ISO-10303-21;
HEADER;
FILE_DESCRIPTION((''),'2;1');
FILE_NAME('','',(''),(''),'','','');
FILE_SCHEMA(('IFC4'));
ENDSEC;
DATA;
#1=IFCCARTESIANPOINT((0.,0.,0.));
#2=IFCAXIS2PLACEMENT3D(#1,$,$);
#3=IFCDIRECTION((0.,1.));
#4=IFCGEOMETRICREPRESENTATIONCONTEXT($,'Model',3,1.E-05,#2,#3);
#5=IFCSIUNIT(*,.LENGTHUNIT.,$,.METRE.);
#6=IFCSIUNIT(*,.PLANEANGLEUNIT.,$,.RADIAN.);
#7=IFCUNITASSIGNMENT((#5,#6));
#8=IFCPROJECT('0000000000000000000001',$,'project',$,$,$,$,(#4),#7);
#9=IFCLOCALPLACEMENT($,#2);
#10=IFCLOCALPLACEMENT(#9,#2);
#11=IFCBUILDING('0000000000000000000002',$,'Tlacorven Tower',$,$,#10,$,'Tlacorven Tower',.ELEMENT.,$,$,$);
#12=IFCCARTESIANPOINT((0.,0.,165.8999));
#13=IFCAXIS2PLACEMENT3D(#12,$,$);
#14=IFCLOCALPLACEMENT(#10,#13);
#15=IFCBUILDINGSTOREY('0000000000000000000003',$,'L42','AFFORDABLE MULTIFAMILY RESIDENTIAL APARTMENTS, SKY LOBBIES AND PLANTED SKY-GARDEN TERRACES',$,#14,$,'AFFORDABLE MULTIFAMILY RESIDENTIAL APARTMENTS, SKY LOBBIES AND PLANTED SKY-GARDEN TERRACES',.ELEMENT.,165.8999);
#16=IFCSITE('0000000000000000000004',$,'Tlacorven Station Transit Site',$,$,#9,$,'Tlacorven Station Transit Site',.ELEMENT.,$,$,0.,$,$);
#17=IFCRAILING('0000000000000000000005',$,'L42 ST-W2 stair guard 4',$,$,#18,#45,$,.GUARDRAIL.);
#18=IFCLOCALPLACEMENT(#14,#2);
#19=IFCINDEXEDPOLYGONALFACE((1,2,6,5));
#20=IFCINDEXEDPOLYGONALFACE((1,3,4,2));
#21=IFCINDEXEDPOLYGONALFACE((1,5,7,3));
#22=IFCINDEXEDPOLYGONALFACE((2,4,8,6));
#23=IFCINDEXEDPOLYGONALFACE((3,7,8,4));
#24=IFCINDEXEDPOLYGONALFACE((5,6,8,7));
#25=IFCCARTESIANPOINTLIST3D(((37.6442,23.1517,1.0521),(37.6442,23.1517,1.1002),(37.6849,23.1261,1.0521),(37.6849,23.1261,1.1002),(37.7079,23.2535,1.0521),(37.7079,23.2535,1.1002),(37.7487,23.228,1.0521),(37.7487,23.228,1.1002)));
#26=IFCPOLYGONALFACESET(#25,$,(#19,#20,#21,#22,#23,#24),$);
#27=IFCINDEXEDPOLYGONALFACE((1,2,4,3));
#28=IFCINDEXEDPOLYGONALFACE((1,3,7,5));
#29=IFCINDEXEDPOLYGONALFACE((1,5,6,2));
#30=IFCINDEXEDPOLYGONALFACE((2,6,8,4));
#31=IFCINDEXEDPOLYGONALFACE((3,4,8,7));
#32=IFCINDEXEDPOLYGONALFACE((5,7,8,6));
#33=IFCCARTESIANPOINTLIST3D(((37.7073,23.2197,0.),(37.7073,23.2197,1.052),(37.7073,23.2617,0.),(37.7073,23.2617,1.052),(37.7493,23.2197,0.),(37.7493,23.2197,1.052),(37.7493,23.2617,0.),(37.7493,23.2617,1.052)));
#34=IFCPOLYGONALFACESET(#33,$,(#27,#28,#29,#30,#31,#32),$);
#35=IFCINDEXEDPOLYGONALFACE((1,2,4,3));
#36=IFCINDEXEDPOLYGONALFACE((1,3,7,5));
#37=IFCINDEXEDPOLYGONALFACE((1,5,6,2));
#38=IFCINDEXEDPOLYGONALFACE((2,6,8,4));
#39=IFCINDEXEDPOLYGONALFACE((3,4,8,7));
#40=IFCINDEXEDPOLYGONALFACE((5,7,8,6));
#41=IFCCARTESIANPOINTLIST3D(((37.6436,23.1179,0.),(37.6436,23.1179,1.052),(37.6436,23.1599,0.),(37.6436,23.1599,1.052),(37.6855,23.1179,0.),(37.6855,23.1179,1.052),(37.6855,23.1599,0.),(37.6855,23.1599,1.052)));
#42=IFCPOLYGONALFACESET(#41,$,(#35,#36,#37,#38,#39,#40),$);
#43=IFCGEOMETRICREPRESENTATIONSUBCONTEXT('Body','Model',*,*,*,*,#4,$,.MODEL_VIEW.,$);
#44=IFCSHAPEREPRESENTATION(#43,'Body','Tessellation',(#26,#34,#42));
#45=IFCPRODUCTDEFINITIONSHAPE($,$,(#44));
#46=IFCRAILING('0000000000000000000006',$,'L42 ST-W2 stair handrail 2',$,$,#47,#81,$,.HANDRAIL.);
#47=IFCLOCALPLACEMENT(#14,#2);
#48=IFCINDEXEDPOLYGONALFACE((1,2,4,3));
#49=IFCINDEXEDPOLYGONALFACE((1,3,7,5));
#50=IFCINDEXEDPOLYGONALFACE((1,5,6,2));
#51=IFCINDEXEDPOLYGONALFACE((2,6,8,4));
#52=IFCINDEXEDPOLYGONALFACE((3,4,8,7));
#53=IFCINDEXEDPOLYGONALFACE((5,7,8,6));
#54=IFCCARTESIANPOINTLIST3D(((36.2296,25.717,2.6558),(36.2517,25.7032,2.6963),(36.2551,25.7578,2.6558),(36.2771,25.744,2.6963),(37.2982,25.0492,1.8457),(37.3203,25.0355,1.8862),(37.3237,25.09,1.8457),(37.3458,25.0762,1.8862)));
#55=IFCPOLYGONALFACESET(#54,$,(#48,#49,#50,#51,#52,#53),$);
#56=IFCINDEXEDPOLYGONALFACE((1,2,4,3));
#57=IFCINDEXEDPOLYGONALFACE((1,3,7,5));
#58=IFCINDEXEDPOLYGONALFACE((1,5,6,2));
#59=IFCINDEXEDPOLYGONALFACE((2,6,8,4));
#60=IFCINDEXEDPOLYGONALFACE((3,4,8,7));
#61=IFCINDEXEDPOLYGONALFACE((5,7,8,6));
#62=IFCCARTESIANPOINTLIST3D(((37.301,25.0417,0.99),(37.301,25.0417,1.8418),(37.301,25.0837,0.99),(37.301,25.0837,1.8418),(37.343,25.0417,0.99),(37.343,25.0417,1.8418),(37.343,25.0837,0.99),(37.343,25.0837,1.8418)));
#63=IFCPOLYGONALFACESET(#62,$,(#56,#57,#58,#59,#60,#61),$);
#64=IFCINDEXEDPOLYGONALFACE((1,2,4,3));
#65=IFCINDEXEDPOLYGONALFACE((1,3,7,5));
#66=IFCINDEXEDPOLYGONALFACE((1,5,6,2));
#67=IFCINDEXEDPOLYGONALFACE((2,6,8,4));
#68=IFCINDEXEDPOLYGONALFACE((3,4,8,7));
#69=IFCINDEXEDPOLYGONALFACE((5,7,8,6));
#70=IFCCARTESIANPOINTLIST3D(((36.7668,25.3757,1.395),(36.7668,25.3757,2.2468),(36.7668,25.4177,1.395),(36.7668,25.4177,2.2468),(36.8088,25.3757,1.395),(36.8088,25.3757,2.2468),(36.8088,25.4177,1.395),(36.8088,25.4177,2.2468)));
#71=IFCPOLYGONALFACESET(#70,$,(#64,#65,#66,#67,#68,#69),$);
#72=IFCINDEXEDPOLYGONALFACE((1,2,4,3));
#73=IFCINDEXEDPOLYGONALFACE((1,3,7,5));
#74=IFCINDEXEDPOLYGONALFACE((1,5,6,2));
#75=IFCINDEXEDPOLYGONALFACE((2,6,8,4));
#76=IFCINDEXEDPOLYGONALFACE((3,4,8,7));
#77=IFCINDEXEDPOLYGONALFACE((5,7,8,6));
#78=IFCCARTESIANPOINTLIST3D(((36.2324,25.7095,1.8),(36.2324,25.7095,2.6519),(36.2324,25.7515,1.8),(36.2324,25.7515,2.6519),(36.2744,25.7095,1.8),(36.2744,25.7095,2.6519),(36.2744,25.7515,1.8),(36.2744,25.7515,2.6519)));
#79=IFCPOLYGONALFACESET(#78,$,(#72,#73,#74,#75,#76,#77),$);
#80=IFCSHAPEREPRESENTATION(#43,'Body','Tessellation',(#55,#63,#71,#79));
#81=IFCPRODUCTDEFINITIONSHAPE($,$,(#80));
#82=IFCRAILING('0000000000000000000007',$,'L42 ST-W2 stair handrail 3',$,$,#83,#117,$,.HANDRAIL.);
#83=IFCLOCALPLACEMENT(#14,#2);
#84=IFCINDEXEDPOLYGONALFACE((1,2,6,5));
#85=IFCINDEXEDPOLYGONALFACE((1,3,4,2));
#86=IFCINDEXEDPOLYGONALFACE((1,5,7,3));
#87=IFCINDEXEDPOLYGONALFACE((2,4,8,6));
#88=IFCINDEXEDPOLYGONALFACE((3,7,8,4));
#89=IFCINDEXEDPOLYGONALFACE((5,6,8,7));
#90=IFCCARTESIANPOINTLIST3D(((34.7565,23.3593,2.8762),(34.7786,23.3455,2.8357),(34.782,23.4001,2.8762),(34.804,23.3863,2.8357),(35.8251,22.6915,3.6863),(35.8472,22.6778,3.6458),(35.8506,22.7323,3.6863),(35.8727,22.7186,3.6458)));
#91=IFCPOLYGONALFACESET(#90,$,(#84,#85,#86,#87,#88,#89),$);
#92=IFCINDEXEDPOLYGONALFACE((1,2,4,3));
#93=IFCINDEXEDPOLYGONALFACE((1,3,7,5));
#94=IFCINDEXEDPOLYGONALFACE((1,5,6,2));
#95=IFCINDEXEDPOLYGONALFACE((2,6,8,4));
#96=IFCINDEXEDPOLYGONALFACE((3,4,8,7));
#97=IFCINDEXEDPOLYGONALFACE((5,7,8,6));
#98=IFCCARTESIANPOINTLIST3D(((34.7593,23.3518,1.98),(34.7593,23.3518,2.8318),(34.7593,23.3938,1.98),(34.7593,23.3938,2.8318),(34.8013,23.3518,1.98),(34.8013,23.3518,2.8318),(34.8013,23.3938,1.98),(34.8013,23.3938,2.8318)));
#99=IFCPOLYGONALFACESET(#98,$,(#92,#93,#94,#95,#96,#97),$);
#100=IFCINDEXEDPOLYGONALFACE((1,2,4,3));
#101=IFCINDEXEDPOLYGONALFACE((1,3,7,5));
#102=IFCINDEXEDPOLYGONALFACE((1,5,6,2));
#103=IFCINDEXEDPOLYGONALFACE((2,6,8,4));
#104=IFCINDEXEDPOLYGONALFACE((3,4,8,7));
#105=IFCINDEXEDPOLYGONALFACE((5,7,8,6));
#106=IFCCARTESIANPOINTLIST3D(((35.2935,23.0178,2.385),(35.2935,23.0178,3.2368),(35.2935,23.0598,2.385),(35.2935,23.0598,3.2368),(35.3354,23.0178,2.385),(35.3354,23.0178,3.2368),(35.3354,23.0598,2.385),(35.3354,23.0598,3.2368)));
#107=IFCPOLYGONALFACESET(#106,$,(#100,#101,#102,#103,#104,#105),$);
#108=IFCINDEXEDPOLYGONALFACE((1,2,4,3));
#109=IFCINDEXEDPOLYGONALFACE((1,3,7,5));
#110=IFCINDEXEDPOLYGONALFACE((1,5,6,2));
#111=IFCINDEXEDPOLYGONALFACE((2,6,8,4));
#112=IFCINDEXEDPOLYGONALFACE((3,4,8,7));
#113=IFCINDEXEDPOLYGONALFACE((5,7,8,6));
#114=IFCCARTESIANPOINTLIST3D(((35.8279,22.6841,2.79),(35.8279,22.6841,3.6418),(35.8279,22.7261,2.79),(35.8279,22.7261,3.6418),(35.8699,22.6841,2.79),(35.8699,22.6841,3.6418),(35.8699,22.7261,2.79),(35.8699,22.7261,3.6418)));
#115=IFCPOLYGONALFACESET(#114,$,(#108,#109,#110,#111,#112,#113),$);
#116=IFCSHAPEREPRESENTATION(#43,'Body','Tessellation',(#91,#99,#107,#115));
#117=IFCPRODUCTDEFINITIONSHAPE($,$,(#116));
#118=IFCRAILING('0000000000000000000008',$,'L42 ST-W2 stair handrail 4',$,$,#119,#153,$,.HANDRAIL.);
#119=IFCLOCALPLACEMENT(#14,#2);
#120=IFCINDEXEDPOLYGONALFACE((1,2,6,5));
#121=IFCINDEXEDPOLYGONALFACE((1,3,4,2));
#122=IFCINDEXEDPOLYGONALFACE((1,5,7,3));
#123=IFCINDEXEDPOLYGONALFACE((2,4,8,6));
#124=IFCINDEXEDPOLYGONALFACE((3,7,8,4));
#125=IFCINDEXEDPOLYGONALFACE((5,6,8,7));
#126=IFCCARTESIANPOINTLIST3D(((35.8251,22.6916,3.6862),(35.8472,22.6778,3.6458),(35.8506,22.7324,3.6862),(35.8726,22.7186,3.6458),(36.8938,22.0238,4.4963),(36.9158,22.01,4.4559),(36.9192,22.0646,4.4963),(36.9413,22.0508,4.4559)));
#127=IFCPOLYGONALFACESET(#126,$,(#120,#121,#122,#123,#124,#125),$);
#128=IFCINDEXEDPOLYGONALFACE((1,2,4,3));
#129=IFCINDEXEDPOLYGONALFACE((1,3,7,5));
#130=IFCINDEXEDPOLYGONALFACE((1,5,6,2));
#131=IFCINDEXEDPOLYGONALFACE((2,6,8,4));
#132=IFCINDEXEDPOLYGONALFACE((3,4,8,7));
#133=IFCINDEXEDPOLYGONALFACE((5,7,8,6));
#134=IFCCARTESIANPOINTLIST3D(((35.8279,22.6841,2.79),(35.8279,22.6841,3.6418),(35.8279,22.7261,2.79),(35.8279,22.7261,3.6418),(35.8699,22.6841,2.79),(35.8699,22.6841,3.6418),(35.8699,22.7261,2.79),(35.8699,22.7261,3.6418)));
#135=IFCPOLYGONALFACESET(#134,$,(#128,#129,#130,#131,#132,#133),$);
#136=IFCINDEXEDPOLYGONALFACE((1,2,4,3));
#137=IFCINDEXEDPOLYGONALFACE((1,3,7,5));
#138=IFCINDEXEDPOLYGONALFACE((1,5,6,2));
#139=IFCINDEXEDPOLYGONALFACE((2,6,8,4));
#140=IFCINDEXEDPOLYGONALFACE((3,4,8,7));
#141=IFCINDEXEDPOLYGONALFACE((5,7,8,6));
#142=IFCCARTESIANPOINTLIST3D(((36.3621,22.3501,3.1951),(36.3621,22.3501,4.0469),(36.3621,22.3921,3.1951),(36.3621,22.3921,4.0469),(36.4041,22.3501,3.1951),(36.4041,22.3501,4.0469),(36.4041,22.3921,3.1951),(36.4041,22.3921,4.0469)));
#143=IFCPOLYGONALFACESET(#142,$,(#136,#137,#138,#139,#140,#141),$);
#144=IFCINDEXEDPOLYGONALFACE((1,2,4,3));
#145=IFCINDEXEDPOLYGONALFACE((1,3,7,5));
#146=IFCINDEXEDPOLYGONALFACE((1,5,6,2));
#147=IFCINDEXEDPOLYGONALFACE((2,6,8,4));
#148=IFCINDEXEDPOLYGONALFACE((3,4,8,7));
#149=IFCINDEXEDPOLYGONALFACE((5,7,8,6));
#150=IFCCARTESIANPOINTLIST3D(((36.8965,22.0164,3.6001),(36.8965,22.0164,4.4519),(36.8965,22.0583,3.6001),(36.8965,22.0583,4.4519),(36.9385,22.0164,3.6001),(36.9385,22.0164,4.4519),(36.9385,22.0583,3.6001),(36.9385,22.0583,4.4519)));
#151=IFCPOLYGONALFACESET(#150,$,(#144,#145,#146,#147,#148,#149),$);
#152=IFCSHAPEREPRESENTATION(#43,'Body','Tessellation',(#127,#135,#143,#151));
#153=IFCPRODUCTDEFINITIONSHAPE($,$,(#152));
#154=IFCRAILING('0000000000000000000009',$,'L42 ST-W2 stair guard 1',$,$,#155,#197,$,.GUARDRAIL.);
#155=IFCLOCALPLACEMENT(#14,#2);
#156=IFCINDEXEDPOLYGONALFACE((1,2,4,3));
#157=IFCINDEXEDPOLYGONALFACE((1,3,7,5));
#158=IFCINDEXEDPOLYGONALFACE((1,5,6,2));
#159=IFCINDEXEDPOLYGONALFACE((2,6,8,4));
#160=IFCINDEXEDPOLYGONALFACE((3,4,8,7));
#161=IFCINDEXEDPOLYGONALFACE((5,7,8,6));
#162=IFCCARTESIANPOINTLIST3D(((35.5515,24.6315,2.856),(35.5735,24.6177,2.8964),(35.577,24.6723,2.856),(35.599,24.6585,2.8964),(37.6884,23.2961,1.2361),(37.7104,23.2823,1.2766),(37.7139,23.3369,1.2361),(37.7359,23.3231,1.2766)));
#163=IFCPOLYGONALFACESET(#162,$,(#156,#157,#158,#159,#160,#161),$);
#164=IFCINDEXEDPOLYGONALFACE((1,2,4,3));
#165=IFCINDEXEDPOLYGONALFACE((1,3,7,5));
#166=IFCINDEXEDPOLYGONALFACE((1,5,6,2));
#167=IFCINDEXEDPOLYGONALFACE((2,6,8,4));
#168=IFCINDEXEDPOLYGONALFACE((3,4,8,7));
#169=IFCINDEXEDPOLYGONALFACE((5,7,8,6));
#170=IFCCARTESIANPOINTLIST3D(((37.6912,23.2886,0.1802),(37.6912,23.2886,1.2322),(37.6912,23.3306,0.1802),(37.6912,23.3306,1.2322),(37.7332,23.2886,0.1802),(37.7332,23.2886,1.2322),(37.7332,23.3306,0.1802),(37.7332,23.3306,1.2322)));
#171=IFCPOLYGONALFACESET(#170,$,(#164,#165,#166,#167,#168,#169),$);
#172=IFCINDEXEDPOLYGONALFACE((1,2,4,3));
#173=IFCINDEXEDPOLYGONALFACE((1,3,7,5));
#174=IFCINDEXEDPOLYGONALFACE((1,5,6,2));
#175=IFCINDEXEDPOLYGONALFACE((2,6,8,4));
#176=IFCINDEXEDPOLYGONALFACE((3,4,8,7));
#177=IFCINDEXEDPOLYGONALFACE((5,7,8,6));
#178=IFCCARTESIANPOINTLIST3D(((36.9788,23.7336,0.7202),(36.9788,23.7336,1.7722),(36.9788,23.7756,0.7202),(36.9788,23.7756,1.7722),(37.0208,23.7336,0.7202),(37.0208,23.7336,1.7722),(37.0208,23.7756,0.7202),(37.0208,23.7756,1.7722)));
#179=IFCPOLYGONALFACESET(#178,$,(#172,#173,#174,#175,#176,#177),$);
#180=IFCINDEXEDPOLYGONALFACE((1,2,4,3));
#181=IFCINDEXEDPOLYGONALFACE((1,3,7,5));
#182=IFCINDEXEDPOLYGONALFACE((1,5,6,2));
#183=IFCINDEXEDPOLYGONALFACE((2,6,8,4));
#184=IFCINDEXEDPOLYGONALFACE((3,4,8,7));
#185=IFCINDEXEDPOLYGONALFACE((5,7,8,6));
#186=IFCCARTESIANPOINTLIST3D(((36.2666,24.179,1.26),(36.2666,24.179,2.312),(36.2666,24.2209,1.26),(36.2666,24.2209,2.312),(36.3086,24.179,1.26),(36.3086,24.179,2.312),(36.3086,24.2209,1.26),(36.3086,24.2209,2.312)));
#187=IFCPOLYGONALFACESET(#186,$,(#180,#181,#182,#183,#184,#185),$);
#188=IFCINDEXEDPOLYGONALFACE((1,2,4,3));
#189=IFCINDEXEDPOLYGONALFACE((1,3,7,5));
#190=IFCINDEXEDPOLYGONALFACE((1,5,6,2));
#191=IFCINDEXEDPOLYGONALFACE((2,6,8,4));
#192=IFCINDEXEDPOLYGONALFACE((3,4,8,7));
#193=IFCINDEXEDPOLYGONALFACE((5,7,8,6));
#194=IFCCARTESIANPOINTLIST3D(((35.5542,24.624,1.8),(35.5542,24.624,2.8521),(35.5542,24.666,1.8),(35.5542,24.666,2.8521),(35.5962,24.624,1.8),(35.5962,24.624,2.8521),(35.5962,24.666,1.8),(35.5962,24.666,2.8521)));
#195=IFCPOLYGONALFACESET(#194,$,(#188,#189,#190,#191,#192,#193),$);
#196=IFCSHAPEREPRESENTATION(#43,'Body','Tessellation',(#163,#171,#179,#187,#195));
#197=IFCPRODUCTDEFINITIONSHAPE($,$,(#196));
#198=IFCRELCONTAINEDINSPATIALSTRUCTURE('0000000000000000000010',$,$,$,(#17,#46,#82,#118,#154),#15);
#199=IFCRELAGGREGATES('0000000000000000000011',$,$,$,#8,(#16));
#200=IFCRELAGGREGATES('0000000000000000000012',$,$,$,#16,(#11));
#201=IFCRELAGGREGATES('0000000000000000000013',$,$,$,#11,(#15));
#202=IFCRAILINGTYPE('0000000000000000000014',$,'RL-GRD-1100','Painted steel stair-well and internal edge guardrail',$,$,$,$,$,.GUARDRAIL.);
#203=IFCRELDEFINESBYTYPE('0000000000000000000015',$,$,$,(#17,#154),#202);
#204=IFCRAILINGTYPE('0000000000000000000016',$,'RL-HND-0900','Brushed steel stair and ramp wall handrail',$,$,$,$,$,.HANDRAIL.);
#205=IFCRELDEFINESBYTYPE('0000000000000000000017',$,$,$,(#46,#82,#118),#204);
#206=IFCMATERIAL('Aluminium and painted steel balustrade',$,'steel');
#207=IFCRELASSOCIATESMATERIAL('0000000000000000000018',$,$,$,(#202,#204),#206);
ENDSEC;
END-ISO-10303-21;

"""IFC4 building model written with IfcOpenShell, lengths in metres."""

from ifc_helpers import new_model, si_unit, direction, frame, origin, origin_2d, place, context, subcontext, project, spatial, rectangle, extrude, source, transform, mapped, material, type_object, element, save


model = new_model("IFC4")

# Units and contexts
model_context = context("Model", 3, precision=1e-05, world=origin(), true_north=direction((0.0, 1.0)))
body_context = subcontext(model_context, "Body", "Model", "MODEL_VIEW")
ifc_project = project(units=[si_unit("LENGTHUNIT", "METRE"), si_unit("PLANEANGLEUNIT", "RADIAN")], contexts=[model_context])

# Site, building, storey
site_placement = place(None, origin())
site = spatial("IfcSite", under=ifc_project, at=site_placement, Name="Tlacorven Station Transit Site", LongName="Tlacorven Station Transit Site", CompositionType="ELEMENT", RefElevation=0.0)
building_placement = place(site_placement, origin())
building = spatial("IfcBuilding", under=site, at=building_placement, Name="Tlacorven Tower", LongName="Tlacorven Tower", CompositionType="ELEMENT")
storey_placement = place(building_placement, frame((0.0, 0.0, 165.8999)))
storey = spatial("IfcBuildingStorey", under=building, at=storey_placement, Name="L42", Description="AFFORDABLE MULTIFAMILY RESIDENTIAL APARTMENTS, SKY LOBBIES AND PLANTED SKY-GARDEN TERRACES", LongName="AFFORDABLE MULTIFAMILY RESIDENTIAL APARTMENTS, SKY LOBBIES AND PLANTED SKY-GARDEN TERRACES", CompositionType="ELEMENT", Elevation=165.8999)

# Railings
ifc_material_1 = material(Name="Aluminium and painted steel balustrade", Category="steel")
railing_type_1 = type_object("IfcRailingType", Name="RL-GRD-1100", Description="Painted steel stair-well and internal edge guardrail", PredefinedType="GUARDRAIL", material=ifc_material_1)
shared_shape_1 = source(origin(), body_context, "Body", "SweptSolid", [
    extrude(rectangle(XDim=0.0481, YDim=0.0481, at=origin_2d()), frame((0.0, 0.0, 1.0762), z_axis=(-0.530547, -0.847656, 0.0), x_axis=(0.847656, -0.530547, 0.0)), (0.0, 0.0, 1.0), 0.1201),
    extrude(rectangle(XDim=0.042, YDim=0.042, at=origin_2d()), origin(), (0.0, 0.0, 1.0), 1.052),
    extrude(rectangle(XDim=0.042, YDim=0.042, at=origin_2d()), frame((-0.0637, -0.1018, 0.0)), (0.0, 0.0, 1.0), 1.052),
])
railing_1_placement = place(storey_placement, frame((37.7283, 23.2407, 0.0)))
element("IfcRailing", 1, at=railing_1_placement, inside=storey, type_object=railing_type_1, Name="L42 ST-W2 stair guard 4", PredefinedType="GUARDRAIL", context=body_context, shape_type="MappedRepresentation", body=[
    mapped(shared_shape_1, transform((0.0, 0.0, 0.0), scale=1.0)),
])
railing_type_2 = type_object("IfcRailingType", Name="RL-HND-0900", Description="Brushed steel stair and ramp wall handrail", PredefinedType="HANDRAIL", material=ifc_material_1)
shared_shape_2 = source(origin(), body_context, "Body", "SweptSolid", [
    extrude(rectangle(XDim=0.0481, YDim=0.0481, at=origin_2d()), frame((0.0, 0.0, 0.876), z_axis=(-0.71336, 0.445748, 0.540765), x_axis=(-0.529912, -0.848053, 0.0)), (0.0, 0.0, 1.0), 1.498),
    extrude(rectangle(XDim=0.042, YDim=0.042, at=origin_2d()), origin(), (0.0, 0.0, 1.0), 0.8518),
    extrude(rectangle(XDim=0.042, YDim=0.042, at=origin_2d()), frame((-0.5342, 0.334, 0.405)), (0.0, 0.0, 1.0), 0.8518),
    extrude(rectangle(XDim=0.042, YDim=0.042, at=origin_2d()), frame((-1.0686, 0.6677, 0.8101)), (0.0, 0.0, 1.0), 0.8518),
])
railing_2_placement = place(storey_placement, frame((37.322, 25.0627, 0.99)))
element("IfcRailing", 2, at=railing_2_placement, inside=storey, type_object=railing_type_2, Name="L42 ST-W2 stair handrail 2", PredefinedType="HANDRAIL", context=body_context, shape_type="MappedRepresentation", body=[
    mapped(shared_shape_2, transform((0.0, 0.0, 0.0), scale=1.0)),
])
shared_shape_3 = source(origin(), body_context, "Body", "SweptSolid", [
    extrude(rectangle(XDim=0.0481, YDim=0.0481, at=origin_2d()), frame((0.0, 0.0, 0.876), z_axis=(0.71336, -0.445748, 0.540765), x_axis=(0.529912, 0.848053, 0.0)), (0.0, 0.0, 1.0), 1.498),
    extrude(rectangle(XDim=0.042, YDim=0.042, at=origin_2d()), origin(), (0.0, 0.0, 1.0), 0.8518),
    extrude(rectangle(XDim=0.042, YDim=0.042, at=origin_2d()), frame((0.5342, -0.334, 0.405)), (0.0, 0.0, 1.0), 0.8518),
    extrude(rectangle(XDim=0.042, YDim=0.042, at=origin_2d()), frame((1.0686, -0.6677, 0.8101)), (0.0, 0.0, 1.0), 0.8518),
])
for number, where, name in (
    (3, (34.7803, 23.3728, 1.98), "L42 ST-W2 stair handrail 3"),
    (4, (35.8489, 22.7051, 2.79), "L42 ST-W2 stair handrail 4"),
):
    element("IfcRailing", number, at=place(storey_placement, frame(where)), inside=storey, type_object=railing_type_2, Name=name, PredefinedType="HANDRAIL", context=body_context, shape_type="MappedRepresentation", body=[
        mapped(shared_shape_3, transform((0.0, 0.0, 0.0), scale=1.0)),
    ])
shared_shape_4 = source(origin(), body_context, "Body", "SweptSolid", [
    extrude(rectangle(XDim=0.0481, YDim=0.0481, at=origin_2d()), frame((0.0, 0.0, 1.0762), z_axis=(-0.713351, 0.445794, 0.540739), x_axis=(-0.529955, -0.848026, 0.0)), (0.0, 0.0, 1.0), 2.9956),
    extrude(rectangle(XDim=0.042, YDim=0.042, at=origin_2d()), origin(), (0.0, 0.0, 1.0), 1.052),
    extrude(rectangle(XDim=0.042, YDim=0.042, at=origin_2d()), frame((-0.7124, 0.4451, 0.54)), (0.0, 0.0, 1.0), 1.052),
    extrude(rectangle(XDim=0.042, YDim=0.042, at=origin_2d()), frame((-1.4246, 0.8904, 1.0798)), (0.0, 0.0, 1.0), 1.052),
    extrude(rectangle(XDim=0.042, YDim=0.042, at=origin_2d()), frame((-2.137, 1.3354, 1.6199)), (0.0, 0.0, 1.0), 1.052),
])
railing_3_placement = place(storey_placement, frame((37.7122, 23.3096, 0.1802)))
element("IfcRailing", 5, at=railing_3_placement, inside=storey, type_object=railing_type_1, Name="L42 ST-W2 stair guard 1", PredefinedType="GUARDRAIL", context=body_context, shape_type="MappedRepresentation", body=[
    mapped(shared_shape_4, transform((0.0, 0.0, 0.0), scale=1.0)),
])

save(model, "model.ifc")
